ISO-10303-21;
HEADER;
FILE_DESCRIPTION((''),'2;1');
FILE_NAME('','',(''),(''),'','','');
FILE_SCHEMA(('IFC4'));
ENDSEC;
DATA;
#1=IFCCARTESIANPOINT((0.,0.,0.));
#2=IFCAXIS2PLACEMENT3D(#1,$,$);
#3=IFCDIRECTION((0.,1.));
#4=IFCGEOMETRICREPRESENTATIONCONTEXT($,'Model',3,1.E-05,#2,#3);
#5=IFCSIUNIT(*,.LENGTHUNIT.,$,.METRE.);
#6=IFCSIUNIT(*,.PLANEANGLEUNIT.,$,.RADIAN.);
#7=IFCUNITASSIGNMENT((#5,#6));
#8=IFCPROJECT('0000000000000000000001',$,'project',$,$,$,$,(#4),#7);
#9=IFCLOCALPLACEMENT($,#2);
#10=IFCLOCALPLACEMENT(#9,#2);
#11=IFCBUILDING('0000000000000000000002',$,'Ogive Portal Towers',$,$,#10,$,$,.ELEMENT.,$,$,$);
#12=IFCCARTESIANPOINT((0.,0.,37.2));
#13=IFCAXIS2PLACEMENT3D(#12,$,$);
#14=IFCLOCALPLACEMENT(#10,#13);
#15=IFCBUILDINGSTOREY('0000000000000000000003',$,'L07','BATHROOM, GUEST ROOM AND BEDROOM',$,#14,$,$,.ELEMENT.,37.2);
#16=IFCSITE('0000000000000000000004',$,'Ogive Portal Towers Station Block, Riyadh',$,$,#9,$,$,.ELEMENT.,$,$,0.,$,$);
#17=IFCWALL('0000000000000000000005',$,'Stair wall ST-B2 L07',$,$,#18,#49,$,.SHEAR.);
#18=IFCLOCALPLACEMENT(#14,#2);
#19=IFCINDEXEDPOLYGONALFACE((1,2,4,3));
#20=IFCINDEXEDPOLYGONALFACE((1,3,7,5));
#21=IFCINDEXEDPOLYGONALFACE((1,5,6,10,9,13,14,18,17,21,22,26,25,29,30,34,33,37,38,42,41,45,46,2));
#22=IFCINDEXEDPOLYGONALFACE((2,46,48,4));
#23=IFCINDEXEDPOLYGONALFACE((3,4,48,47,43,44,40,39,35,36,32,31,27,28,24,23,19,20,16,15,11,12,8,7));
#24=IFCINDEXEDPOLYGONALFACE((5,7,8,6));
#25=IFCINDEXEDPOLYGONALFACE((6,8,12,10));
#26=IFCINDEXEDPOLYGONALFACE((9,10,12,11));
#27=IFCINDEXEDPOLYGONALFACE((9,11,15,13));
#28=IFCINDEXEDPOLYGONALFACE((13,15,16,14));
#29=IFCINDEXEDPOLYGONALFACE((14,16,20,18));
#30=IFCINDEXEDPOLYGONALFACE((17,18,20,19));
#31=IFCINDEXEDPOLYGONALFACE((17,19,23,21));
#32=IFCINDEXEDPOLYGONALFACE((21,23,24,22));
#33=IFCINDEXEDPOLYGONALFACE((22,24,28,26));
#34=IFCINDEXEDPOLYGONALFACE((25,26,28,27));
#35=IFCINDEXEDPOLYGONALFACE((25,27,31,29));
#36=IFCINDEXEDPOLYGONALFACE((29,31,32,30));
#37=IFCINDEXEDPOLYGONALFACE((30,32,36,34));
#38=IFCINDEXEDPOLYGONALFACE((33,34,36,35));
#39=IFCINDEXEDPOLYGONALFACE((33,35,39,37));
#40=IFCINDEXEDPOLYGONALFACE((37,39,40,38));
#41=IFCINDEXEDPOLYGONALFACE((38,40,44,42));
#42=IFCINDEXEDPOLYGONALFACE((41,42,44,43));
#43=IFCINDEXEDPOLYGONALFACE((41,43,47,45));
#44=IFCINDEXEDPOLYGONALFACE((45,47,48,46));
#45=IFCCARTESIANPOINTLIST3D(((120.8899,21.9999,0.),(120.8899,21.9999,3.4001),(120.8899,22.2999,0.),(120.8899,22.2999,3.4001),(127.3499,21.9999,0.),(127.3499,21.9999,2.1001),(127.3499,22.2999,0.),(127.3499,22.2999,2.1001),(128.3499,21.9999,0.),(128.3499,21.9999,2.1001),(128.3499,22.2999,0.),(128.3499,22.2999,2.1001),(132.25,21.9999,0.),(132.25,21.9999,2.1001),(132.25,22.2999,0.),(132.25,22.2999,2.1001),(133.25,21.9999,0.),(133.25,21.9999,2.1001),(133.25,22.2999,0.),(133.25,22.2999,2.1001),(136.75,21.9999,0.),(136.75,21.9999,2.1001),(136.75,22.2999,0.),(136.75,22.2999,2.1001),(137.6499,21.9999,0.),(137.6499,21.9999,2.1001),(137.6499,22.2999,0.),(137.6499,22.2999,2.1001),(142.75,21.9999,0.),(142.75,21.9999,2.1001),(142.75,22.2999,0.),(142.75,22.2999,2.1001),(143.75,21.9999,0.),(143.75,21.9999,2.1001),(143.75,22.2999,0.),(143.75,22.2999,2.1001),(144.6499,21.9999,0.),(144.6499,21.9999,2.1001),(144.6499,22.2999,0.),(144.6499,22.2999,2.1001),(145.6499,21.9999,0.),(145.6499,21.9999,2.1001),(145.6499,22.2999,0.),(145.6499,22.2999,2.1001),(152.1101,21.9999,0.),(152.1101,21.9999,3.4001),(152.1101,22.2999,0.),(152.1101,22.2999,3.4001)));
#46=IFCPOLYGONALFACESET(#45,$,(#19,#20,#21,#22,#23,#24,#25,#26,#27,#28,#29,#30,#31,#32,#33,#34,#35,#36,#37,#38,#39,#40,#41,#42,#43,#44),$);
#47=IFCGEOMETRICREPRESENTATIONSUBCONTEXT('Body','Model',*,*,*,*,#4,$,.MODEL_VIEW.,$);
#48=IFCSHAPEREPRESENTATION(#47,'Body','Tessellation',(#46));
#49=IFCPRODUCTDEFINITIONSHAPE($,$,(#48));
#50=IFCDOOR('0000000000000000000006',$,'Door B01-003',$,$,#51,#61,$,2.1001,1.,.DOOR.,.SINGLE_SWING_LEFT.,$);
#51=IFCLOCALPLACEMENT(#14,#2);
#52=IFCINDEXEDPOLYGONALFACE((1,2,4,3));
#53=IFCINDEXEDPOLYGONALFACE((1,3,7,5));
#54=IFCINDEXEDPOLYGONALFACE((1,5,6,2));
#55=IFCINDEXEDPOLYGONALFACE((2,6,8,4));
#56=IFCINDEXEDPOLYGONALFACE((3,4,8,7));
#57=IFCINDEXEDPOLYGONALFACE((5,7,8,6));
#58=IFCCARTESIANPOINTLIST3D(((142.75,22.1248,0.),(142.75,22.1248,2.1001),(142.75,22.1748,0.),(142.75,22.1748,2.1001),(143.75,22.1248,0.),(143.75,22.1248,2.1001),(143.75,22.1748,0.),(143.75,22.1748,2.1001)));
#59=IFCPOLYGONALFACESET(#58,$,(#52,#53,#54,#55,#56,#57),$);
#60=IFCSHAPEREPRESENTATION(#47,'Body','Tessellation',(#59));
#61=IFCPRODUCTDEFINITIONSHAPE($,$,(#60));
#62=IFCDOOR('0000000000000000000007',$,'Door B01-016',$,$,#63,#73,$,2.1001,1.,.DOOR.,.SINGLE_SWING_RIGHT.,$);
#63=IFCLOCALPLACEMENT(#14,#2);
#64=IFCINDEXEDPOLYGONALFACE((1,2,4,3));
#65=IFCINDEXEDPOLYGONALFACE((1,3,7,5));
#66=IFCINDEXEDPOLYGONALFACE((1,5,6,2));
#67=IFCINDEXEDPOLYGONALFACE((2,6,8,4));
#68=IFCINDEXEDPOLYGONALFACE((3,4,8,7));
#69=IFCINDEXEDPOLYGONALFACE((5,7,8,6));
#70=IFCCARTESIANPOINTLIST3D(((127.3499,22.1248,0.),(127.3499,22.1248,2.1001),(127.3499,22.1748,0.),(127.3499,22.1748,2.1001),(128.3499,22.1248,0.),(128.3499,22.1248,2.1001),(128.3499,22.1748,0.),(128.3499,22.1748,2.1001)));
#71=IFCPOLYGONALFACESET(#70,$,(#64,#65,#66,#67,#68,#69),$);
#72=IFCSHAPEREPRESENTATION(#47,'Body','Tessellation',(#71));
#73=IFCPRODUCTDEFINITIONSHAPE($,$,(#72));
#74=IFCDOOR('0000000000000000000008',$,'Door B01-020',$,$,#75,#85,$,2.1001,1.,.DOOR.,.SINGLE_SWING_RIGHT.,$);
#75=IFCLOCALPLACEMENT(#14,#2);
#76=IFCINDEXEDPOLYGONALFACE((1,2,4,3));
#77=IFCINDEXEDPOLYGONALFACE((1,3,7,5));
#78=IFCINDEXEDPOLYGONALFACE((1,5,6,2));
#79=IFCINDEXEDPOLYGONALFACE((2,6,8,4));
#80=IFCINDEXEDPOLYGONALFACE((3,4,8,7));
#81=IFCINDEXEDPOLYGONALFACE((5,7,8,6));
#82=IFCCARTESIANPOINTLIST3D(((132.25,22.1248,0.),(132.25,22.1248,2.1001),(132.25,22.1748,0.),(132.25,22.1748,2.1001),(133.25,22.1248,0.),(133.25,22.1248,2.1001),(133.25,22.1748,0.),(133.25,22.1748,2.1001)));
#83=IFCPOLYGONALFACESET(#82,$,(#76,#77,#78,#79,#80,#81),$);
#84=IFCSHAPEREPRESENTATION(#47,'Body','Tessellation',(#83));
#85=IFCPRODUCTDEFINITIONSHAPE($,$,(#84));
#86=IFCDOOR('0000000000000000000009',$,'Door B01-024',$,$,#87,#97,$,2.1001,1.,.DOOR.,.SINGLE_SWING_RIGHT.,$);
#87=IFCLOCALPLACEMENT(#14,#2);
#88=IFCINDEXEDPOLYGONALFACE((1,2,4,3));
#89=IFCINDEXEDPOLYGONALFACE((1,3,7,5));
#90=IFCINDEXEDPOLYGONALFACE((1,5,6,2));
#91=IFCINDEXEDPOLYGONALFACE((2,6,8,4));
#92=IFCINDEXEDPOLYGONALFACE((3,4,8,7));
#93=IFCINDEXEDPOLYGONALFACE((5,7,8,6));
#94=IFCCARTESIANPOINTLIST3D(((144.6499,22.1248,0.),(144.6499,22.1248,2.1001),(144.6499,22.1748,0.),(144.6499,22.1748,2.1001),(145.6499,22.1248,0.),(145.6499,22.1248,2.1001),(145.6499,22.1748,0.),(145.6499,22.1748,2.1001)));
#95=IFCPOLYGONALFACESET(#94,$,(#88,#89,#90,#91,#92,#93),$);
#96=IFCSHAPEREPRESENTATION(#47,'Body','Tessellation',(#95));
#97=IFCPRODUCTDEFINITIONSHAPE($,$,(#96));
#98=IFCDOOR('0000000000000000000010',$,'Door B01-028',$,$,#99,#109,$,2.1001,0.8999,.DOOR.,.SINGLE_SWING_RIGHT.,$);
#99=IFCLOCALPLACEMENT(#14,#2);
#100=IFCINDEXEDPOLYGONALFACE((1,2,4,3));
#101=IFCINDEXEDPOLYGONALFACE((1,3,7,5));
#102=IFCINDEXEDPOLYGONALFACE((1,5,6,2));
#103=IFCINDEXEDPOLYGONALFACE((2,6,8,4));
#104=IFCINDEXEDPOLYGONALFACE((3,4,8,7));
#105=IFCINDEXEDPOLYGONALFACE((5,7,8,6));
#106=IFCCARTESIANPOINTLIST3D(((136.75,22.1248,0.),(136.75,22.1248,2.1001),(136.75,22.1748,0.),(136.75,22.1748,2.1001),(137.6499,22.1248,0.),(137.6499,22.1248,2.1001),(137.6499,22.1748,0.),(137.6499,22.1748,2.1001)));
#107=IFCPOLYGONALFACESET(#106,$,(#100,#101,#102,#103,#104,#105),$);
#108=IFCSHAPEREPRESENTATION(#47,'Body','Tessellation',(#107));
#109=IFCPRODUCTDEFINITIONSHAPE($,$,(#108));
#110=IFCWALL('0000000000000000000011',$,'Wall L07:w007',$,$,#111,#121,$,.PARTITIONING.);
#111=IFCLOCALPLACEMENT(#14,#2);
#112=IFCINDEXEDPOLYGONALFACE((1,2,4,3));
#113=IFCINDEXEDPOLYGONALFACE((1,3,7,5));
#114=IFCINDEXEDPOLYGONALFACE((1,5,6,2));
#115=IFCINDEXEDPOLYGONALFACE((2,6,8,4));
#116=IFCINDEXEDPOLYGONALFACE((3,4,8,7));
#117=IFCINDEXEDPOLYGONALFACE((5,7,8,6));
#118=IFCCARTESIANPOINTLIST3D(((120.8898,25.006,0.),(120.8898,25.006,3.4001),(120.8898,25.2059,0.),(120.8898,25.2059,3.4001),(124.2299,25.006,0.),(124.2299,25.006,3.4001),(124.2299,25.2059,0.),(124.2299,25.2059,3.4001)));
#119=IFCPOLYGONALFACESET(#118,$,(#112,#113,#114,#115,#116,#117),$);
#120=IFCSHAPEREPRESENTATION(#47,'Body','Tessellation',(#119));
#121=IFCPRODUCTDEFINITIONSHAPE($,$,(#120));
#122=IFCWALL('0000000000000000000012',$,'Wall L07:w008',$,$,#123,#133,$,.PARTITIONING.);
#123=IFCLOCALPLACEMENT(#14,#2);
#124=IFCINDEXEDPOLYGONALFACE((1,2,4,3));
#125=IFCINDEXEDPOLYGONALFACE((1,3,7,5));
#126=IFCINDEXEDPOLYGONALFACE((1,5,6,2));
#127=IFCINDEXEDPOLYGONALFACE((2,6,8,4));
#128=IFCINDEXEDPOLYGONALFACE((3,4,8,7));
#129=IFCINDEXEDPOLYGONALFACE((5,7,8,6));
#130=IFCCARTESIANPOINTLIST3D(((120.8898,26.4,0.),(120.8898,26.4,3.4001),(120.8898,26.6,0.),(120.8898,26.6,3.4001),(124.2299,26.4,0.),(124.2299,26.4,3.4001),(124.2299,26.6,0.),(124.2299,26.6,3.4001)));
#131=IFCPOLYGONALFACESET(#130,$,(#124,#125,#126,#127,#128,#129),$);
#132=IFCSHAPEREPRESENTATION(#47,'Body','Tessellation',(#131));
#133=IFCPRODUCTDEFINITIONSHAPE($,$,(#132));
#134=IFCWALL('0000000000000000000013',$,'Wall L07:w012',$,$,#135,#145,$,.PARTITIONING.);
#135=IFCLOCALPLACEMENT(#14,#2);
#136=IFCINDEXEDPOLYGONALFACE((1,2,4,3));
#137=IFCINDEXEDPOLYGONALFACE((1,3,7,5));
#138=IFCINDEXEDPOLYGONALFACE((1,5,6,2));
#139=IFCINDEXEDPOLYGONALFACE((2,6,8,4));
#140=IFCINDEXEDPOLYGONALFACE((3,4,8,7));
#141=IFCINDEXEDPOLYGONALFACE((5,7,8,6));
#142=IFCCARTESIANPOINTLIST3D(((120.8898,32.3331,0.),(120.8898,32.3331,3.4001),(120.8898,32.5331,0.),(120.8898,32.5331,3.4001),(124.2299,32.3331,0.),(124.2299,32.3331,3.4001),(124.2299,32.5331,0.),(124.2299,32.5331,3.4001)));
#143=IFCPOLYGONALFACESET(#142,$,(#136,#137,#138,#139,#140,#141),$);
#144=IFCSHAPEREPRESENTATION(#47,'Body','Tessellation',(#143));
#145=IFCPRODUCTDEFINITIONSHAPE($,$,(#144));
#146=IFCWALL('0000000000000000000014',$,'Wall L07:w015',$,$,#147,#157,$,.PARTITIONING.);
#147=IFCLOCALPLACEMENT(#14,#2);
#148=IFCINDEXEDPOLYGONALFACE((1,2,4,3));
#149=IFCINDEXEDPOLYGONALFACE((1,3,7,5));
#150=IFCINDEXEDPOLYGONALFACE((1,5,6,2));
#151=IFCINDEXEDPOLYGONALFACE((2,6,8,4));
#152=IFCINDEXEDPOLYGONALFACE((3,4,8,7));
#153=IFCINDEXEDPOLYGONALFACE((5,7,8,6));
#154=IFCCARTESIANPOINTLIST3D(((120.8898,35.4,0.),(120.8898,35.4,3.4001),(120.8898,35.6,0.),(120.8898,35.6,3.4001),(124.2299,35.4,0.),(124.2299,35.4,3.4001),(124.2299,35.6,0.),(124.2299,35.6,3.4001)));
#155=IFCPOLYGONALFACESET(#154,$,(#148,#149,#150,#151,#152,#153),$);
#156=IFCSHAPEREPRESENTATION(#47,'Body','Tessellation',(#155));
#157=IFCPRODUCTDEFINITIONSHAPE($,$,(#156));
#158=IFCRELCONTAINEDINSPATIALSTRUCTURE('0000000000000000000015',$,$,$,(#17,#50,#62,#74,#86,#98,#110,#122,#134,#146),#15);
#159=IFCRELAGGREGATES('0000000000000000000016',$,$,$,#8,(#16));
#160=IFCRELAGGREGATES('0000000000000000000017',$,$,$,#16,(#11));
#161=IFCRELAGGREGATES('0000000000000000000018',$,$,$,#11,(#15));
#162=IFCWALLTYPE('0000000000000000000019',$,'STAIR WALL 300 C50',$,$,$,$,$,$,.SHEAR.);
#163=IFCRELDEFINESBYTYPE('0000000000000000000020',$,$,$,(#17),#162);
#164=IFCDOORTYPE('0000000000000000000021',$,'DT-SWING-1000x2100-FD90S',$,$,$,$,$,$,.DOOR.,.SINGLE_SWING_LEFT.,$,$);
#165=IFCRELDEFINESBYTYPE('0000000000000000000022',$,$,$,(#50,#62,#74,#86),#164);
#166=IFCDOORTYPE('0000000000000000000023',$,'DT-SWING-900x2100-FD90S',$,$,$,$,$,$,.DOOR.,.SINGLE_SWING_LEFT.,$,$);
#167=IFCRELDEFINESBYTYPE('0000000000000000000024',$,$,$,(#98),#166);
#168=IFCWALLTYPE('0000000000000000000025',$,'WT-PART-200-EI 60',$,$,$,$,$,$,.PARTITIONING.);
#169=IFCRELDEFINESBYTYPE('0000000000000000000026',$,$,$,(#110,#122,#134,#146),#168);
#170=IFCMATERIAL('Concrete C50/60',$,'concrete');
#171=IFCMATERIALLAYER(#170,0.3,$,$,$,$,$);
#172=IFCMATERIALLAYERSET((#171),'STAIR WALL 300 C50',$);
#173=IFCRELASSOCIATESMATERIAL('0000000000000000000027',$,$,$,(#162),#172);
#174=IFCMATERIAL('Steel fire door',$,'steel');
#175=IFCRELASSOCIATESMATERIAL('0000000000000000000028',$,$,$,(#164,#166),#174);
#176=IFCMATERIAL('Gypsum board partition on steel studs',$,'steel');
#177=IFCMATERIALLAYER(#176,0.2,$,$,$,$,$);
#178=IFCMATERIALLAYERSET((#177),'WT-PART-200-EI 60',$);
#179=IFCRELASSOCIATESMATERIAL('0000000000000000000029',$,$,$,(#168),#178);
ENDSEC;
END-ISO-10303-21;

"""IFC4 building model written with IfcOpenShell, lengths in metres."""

from ifc_helpers import new_model, si_unit, direction, frame, frame_2d, origin, place, context, subcontext, project, spatial, rectangle, extrude, material, layer, layer_set, type_object, element, fill, save


model = new_model("IFC4")

# Units and contexts
model_context = context("Model", 3, precision=1e-05, world=origin(), true_north=direction((0.0, 1.0)))
body_context = subcontext(model_context, "Body", "Model", "MODEL_VIEW")
ifc_project = project(units=[si_unit("LENGTHUNIT", "METRE"), si_unit("PLANEANGLEUNIT", "RADIAN")], contexts=[model_context])

# Site, building, storey
site_placement = place(None, origin())
site = spatial("IfcSite", under=ifc_project, at=site_placement, Name="Ogive Portal Towers Station Block, Riyadh", CompositionType="ELEMENT", RefElevation=0.0)
building_placement = place(site_placement, origin())
building = spatial("IfcBuilding", under=site, at=building_placement, Name="Ogive Portal Towers", CompositionType="ELEMENT")
storey_placement = place(building_placement, frame((0.0, 0.0, 37.2)))
storey = spatial("IfcBuildingStorey", under=building, at=storey_placement, Name="L07", Description="BATHROOM, GUEST ROOM AND BEDROOM", CompositionType="ELEMENT", Elevation=37.2)

# Wall, openings, doors
ifc_material_1 = material(Name="Concrete C50/60", Category="concrete")
ifc_layer_1 = layer(ifc_material_1, 0.3)
ifc_layer_set_1 = layer_set([ifc_layer_1], Name="STAIR WALL 300 C50")
wall_type_1 = type_object("IfcWallType", Name="STAIR WALL 300 C50", PredefinedType="SHEAR", material=ifc_layer_set_1)
wall_1_placement = place(storey_placement, frame((120.8899, 22.1499, 0.0), z_axis=(0.0, 0.0, 1.0), x_axis=(1.0, 0.0, 0.0)))
wall_1 = element("IfcWall", 1, at=wall_1_placement, inside=storey, type_object=wall_type_1, Name="Stair wall ST-B2 L07", PredefinedType="SHEAR", context=body_context, shape_type="SweptSolid", body=[
    extrude(rectangle(XDim=31.2202, YDim=0.3, at=frame_2d((15.6101, 0.0))), origin(), (0.0, 0.0, 1.0), 3.4001),
])
opening_1_placement = place(wall_1_placement, frame((21.8601, 0.0, 0.0)))
opening_1 = element("IfcOpeningElement", 2, at=opening_1_placement, cuts=wall_1, PredefinedType="OPENING", context=body_context, shape_type="SweptSolid", body=[
    extrude(rectangle(XDim=1.0, YDim=2.1001, at=frame_2d((0.5, 1.05))), frame((0.0, 0.1602, 0.0), z_axis=(0.0, -1.0, 0.0), x_axis=(1.0, 0.0, 0.0)), (0.0, 0.0, 1.0), 0.3201),
])
opening_2_placement = place(wall_1_placement, frame((6.46, 0.0, 0.0)))
opening_2 = element("IfcOpeningElement", 3, at=opening_2_placement, cuts=wall_1, PredefinedType="OPENING", context=body_context, shape_type="SweptSolid", body=[
    extrude(rectangle(XDim=1.0, YDim=2.1001, at=frame_2d((0.5, 1.05))), frame((0.0, 0.1602, 0.0), z_axis=(0.0, -1.0, 0.0), x_axis=(1.0, 0.0, 0.0)), (0.0, 0.0, 1.0), 0.3201),
])
opening_3_placement = place(wall_1_placement, frame((11.3601, 0.0, 0.0)))
opening_3 = element("IfcOpeningElement", 4, at=opening_3_placement, cuts=wall_1, PredefinedType="OPENING", context=body_context, shape_type="SweptSolid", body=[
    extrude(rectangle(XDim=1.0, YDim=2.1001, at=frame_2d((0.5, 1.05))), frame((0.0, 0.1602, 0.0), z_axis=(0.0, -1.0, 0.0), x_axis=(1.0, 0.0, 0.0)), (0.0, 0.0, 1.0), 0.3201),
])
opening_4_placement = place(wall_1_placement, frame((23.76, 0.0, 0.0)))
opening_4 = element("IfcOpeningElement", 5, at=opening_4_placement, cuts=wall_1, PredefinedType="OPENING", context=body_context, shape_type="SweptSolid", body=[
    extrude(rectangle(XDim=1.0, YDim=2.1001, at=frame_2d((0.5, 1.05))), frame((0.0, 0.1602, 0.0), z_axis=(0.0, -1.0, 0.0), x_axis=(1.0, 0.0, 0.0)), (0.0, 0.0, 1.0), 0.3201),
])
opening_5_placement = place(wall_1_placement, frame((15.8601, 0.0, 0.0)))
opening_5 = element("IfcOpeningElement", 6, at=opening_5_placement, cuts=wall_1, PredefinedType="OPENING", context=body_context, shape_type="SweptSolid", body=[
    extrude(rectangle(XDim=0.8999, YDim=2.1001, at=frame_2d((0.45, 1.05))), frame((0.0, 0.1602, 0.0), z_axis=(0.0, -1.0, 0.0), x_axis=(1.0, 0.0, 0.0)), (0.0, 0.0, 1.0), 0.3201),
])
ifc_material_2 = material(Name="Steel fire door", Category="steel")
door_type_1 = type_object("IfcDoorType", Name="DT-SWING-1000x2100-FD90S", OperationType="SINGLE_SWING_LEFT", PredefinedType="DOOR", material=ifc_material_2)
door_1_placement = place(opening_1_placement, origin())
door_1 = element("IfcDoor", 7, at=door_1_placement, inside=storey, type_object=door_type_1, Name="Door B01-003", OperationType="SINGLE_SWING_LEFT", OverallHeight=2.1001, OverallWidth=1.0, PredefinedType="DOOR", context=body_context, shape_type="SweptSolid", body=[
    extrude(rectangle(XDim=1.0, YDim=2.1001, at=frame_2d((0.5, 1.05))), frame((0.0, 0.0249, 0.0), z_axis=(0.0, -1.0, 0.0), x_axis=(1.0, 0.0, 0.0)), (0.0, 0.0, 1.0), 0.05),
])
fill(opening_1, door_1)
door_2_placement = place(opening_2_placement, origin())
door_2 = element("IfcDoor", 8, at=door_2_placement, inside=storey, type_object=door_type_1, Name="Door B01-016", OperationType="SINGLE_SWING_RIGHT", OverallHeight=2.1001, OverallWidth=1.0, PredefinedType="DOOR", context=body_context, shape_type="SweptSolid", body=[
    extrude(rectangle(XDim=1.0, YDim=2.1001, at=frame_2d((0.5, 1.05))), frame((0.0, 0.0249, 0.0), z_axis=(0.0, -1.0, 0.0), x_axis=(1.0, 0.0, 0.0)), (0.0, 0.0, 1.0), 0.05),
])
fill(opening_2, door_2)
door_3_placement = place(opening_3_placement, origin())
door_3 = element("IfcDoor", 9, at=door_3_placement, inside=storey, type_object=door_type_1, Name="Door B01-020", OperationType="SINGLE_SWING_RIGHT", OverallHeight=2.1001, OverallWidth=1.0, PredefinedType="DOOR", context=body_context, shape_type="SweptSolid", body=[
    extrude(rectangle(XDim=1.0, YDim=2.1001, at=frame_2d((0.5, 1.05))), frame((0.0, 0.0249, 0.0), z_axis=(0.0, -1.0, 0.0), x_axis=(1.0, 0.0, 0.0)), (0.0, 0.0, 1.0), 0.05),
])
fill(opening_3, door_3)
door_4_placement = place(opening_4_placement, origin())
door_4 = element("IfcDoor", 10, at=door_4_placement, inside=storey, type_object=door_type_1, Name="Door B01-024", OperationType="SINGLE_SWING_RIGHT", OverallHeight=2.1001, OverallWidth=1.0, PredefinedType="DOOR", context=body_context, shape_type="SweptSolid", body=[
    extrude(rectangle(XDim=1.0, YDim=2.1001, at=frame_2d((0.5, 1.05))), frame((0.0, 0.0249, 0.0), z_axis=(0.0, -1.0, 0.0), x_axis=(1.0, 0.0, 0.0)), (0.0, 0.0, 1.0), 0.05),
])
fill(opening_4, door_4)
door_type_2 = type_object("IfcDoorType", Name="DT-SWING-900x2100-FD90S", OperationType="SINGLE_SWING_LEFT", PredefinedType="DOOR", material=ifc_material_2)
door_5_placement = place(opening_5_placement, origin())
door_5 = element("IfcDoor", 11, at=door_5_placement, inside=storey, type_object=door_type_2, Name="Door B01-028", OperationType="SINGLE_SWING_RIGHT", OverallHeight=2.1001, OverallWidth=0.8999, PredefinedType="DOOR", context=body_context, shape_type="SweptSolid", body=[
    extrude(rectangle(XDim=0.8999, YDim=2.1001, at=frame_2d((0.45, 1.05))), frame((0.0, 0.0249, 0.0), z_axis=(0.0, -1.0, 0.0), x_axis=(1.0, 0.0, 0.0)), (0.0, 0.0, 1.0), 0.05),
])
fill(opening_5, door_5)

# Walls
ifc_material_3 = material(Name="Gypsum board partition on steel studs", Category="steel")
ifc_layer_2 = layer(ifc_material_3, 0.2)
ifc_layer_set_2 = layer_set([ifc_layer_2], Name="WT-PART-200-EI 60")
wall_type_2 = type_object("IfcWallType", Name="WT-PART-200-EI 60", PredefinedType="PARTITIONING", material=ifc_layer_set_2)
for number, where, z_axis, x_axis, name in (
    (12, (120.8899, 25.106, 0.0), (0.0, 0.0, 1.0), (1.0, 0.0, 0.0), "Wall L07:w007"),
    (13, (120.8899, 26.5, 0.0), (0.0, 0.0, 1.0), (1.0, 0.0, 0.0), "Wall L07:w008"),
    (14, (120.8899, 32.4331, 0.0), (0.0, 0.0, 1.0), (1.0, 0.0, 0.0), "Wall L07:w012"),
    (15, (120.8899, 35.5, 0.0), (0.0, 0.0, 1.0), (1.0, 0.0, 0.0), "Wall L07:w015"),
):
    element("IfcWall", number, at=place(storey_placement, frame(where, z_axis=z_axis, x_axis=x_axis)), inside=storey, type_object=wall_type_2, Name=name, PredefinedType="PARTITIONING", context=body_context, shape_type="SweptSolid", body=[
        extrude(rectangle(XDim=3.3401, YDim=0.2, at=frame_2d((1.6699, 0.0))), origin(), (0.0, 0.0, 1.0), 3.4001),
    ])

save(model, "model.ifc")
